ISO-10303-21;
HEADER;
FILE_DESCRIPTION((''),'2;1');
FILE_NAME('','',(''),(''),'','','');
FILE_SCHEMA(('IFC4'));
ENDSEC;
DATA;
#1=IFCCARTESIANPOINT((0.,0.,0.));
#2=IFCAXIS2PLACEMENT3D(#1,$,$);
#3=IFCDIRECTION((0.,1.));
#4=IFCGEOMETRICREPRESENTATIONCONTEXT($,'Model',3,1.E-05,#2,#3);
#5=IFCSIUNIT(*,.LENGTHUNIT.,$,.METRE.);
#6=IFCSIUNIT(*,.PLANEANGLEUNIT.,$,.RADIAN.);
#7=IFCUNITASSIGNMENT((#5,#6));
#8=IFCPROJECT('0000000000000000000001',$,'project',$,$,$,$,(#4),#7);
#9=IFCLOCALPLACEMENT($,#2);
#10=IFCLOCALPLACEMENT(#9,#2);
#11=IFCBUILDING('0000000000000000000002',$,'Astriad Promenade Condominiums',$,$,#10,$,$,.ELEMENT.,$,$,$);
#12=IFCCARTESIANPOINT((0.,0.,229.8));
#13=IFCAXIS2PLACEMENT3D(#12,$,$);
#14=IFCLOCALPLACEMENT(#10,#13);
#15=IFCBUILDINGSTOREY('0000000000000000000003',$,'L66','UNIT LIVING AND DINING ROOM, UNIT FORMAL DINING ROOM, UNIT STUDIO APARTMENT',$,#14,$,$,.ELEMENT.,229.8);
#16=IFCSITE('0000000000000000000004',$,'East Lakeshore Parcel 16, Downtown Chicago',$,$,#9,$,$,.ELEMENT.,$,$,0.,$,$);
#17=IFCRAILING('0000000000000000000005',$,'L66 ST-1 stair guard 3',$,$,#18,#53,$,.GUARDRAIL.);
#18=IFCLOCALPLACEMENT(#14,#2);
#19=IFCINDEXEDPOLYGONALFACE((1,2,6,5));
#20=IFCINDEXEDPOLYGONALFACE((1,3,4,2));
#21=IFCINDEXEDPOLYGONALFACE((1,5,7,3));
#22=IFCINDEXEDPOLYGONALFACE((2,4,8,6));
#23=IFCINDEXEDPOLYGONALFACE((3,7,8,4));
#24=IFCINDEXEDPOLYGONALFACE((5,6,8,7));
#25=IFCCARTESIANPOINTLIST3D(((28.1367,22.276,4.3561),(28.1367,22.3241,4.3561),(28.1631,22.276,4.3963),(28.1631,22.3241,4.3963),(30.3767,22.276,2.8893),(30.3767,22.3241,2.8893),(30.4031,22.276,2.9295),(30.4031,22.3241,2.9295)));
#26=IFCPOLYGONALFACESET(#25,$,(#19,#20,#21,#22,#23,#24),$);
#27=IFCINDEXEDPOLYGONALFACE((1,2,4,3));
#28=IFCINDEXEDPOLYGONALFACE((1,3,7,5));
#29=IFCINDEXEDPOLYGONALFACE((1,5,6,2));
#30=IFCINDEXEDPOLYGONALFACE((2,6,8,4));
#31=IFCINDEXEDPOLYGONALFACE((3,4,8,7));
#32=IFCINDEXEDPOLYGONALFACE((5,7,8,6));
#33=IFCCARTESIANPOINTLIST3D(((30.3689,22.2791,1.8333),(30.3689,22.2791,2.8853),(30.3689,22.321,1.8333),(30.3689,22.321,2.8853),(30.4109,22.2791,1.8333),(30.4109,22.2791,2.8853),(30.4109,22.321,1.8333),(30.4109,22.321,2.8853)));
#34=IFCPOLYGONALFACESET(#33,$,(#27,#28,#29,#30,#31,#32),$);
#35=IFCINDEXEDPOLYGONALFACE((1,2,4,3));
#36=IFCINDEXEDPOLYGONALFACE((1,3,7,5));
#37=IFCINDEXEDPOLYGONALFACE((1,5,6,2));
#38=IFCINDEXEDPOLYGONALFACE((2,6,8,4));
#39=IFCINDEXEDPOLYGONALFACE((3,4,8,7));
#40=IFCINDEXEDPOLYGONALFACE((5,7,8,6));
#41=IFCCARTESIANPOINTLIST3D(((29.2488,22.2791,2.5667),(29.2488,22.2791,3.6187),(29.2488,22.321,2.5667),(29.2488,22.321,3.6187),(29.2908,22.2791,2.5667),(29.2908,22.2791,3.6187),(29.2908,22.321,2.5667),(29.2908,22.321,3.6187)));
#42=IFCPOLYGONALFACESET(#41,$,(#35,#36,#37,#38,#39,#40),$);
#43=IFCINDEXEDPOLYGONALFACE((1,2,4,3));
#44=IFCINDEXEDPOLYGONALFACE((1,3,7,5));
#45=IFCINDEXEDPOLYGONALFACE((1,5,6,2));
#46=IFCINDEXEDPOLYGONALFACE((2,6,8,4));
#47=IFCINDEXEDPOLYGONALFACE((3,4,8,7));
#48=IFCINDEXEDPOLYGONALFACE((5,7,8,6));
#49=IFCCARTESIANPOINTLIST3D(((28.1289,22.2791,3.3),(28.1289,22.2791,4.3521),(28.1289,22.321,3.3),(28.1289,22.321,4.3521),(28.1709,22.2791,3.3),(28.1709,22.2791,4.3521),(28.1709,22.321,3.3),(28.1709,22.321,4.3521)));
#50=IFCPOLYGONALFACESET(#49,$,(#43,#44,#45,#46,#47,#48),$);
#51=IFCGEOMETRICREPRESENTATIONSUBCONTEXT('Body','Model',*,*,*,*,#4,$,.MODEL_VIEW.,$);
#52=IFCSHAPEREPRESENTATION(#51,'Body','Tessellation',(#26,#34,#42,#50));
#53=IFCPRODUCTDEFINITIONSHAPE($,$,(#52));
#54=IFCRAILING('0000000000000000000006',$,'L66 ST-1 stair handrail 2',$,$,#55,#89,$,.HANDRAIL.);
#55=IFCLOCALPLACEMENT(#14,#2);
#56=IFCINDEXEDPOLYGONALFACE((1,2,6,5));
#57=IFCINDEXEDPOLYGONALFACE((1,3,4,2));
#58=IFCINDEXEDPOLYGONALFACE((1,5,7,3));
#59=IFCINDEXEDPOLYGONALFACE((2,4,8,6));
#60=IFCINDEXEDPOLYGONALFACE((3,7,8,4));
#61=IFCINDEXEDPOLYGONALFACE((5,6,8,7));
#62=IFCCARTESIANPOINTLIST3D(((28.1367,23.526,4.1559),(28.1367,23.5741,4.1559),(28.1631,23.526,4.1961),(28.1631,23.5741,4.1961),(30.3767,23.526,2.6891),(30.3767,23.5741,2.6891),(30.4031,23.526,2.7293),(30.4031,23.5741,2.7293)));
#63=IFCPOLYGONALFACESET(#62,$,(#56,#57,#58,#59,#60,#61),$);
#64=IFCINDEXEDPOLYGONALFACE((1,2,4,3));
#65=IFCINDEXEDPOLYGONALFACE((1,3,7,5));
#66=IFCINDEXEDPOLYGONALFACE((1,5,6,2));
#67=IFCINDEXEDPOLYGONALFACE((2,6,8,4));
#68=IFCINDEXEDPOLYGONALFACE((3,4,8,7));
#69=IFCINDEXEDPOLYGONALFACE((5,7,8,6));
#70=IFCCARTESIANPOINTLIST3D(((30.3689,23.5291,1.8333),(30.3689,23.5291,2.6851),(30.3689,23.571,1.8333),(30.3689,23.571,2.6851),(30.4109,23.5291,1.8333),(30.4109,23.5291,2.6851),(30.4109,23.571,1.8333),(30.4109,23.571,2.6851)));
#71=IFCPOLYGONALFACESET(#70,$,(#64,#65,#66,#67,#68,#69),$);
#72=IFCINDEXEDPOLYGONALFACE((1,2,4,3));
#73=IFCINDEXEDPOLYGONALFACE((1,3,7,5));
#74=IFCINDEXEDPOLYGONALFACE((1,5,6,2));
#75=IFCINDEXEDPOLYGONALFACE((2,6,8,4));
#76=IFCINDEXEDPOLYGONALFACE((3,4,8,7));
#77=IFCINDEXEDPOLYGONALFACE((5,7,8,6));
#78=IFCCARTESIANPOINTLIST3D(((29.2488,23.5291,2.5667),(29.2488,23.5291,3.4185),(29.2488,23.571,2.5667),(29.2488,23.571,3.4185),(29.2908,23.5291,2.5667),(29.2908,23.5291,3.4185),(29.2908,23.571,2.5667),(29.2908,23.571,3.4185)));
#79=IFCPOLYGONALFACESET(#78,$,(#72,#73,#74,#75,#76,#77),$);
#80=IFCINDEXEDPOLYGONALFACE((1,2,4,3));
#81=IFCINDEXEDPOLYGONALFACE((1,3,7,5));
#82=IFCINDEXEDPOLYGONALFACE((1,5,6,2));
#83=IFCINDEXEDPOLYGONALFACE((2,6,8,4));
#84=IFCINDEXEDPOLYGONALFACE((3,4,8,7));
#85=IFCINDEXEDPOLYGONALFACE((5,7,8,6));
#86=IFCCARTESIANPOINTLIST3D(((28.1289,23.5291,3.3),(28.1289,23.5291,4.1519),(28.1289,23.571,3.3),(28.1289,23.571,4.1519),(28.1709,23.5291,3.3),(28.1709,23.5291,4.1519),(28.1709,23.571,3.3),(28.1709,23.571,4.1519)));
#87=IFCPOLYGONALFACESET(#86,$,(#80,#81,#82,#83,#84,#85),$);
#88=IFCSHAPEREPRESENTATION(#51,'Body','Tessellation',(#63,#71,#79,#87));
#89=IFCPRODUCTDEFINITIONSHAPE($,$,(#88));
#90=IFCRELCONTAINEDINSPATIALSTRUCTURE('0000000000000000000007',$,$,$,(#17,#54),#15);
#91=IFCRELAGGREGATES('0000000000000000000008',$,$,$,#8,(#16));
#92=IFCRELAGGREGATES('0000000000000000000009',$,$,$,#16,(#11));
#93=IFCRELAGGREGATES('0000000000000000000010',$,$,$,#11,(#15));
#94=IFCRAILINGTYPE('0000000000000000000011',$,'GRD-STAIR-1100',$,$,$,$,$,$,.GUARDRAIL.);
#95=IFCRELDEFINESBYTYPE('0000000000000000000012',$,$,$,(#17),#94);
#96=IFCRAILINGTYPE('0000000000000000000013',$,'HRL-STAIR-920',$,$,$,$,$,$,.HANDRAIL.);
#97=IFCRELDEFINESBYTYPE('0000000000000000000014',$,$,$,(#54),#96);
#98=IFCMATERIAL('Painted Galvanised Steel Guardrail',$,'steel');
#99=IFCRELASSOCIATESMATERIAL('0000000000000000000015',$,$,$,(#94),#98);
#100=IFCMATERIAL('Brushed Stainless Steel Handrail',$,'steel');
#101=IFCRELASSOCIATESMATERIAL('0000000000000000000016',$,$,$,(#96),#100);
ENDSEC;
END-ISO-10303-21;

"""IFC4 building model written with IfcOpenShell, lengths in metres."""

from ifc_helpers import new_model, si_unit, direction, frame, origin, origin_2d, place, context, subcontext, project, spatial, rectangle, extrude, source, transform, mapped, material, type_object, element, save


model = new_model("IFC4")

# Units and contexts
model_context = context("Model", 3, precision=1e-05, world=origin(), true_north=direction((0.0, 1.0)))
body_context = subcontext(model_context, "Body", "Model", "MODEL_VIEW")
ifc_project = project(units=[si_unit("LENGTHUNIT", "METRE"), si_unit("PLANEANGLEUNIT", "RADIAN")], contexts=[model_context])

# Site, building, storey
site_placement = place(None, origin())
site = spatial("IfcSite", under=ifc_project, at=site_placement, Name="East Lakeshore Parcel 16, Downtown Chicago", CompositionType="ELEMENT", RefElevation=0.0)
building_placement = place(site_placement, origin())
building = spatial("IfcBuilding", under=site, at=building_placement, Name="Astriad Promenade Condominiums", CompositionType="ELEMENT")
storey_placement = place(building_placement, frame((0.0, 0.0, 229.8)))
storey = spatial("IfcBuildingStorey", under=building, at=storey_placement, Name="L66", Description="UNIT LIVING AND DINING ROOM, UNIT FORMAL DINING ROOM, UNIT STUDIO APARTMENT", CompositionType="ELEMENT", Elevation=229.8)

# Railings
ifc_material_1 = material(Name="Painted Galvanised Steel Guardrail", Category="steel")
railing_type_1 = type_object("IfcRailingType", Name="GRD-STAIR-1100", PredefinedType="GUARDRAIL", material=ifc_material_1)
ifc_material_2 = material(Name="Brushed Stainless Steel Handrail", Category="steel")
railing_type_2 = type_object("IfcRailingType", Name="HRL-STAIR-920", PredefinedType="HANDRAIL", material=ifc_material_2)
shared_shape_1 = source(origin(), body_context, "Body", "SweptSolid", [
    extrude(rectangle(XDim=0.0481, YDim=0.0481, at=origin_2d()), frame((0.0, 0.0, 1.0762), z_axis=(-0.836595, 0.0, 0.547822), x_axis=(0.0, -1.0, 0.0)), (0.0, 0.0, 1.0), 2.6775),
    extrude(rectangle(XDim=0.042, YDim=0.042, at=origin_2d()), origin(), (0.0, 0.0, 1.0), 1.052),
    extrude(rectangle(XDim=0.042, YDim=0.042, at=origin_2d()), frame((-1.1201, 0.0, 0.7334)), (0.0, 0.0, 1.0), 1.052),
    extrude(rectangle(XDim=0.042, YDim=0.042, at=origin_2d()), frame((-2.24, 0.0, 1.4668)), (0.0, 0.0, 1.0), 1.052),
])
railing_1_placement = place(storey_placement, frame((30.3899, 22.3, 1.8333)))
element("IfcRailing", 1, at=railing_1_placement, inside=storey, type_object=railing_type_1, Name="L66 ST-1 stair guard 3", PredefinedType="GUARDRAIL", context=body_context, shape_type="MappedRepresentation", body=[
    mapped(shared_shape_1, transform((0.0, 0.0, 0.0), scale=1.0)),
])
shared_shape_2 = source(origin(), body_context, "Body", "SweptSolid", [
    extrude(rectangle(XDim=0.0481, YDim=0.0481, at=origin_2d()), frame((0.0, 0.0, 0.876), z_axis=(-0.836595, 0.0, 0.547822), x_axis=(0.0, -1.0, 0.0)), (0.0, 0.0, 1.0), 2.6775),
    extrude(rectangle(XDim=0.042, YDim=0.042, at=origin_2d()), origin(), (0.0, 0.0, 1.0), 0.8518),
    extrude(rectangle(XDim=0.042, YDim=0.042, at=origin_2d()), frame((-1.1201, 0.0, 0.7334)), (0.0, 0.0, 1.0), 0.8518),
    extrude(rectangle(XDim=0.042, YDim=0.042, at=origin_2d()), frame((-2.24, 0.0, 1.4668)), (0.0, 0.0, 1.0), 0.8518),
])
railing_2_placement = place(storey_placement, frame((30.3899, 23.55, 1.8333)))
element("IfcRailing", 2, at=railing_2_placement, inside=storey, type_object=railing_type_2, Name="L66 ST-1 stair handrail 2", PredefinedType="HANDRAIL", context=body_context, shape_type="MappedRepresentation", body=[
    mapped(shared_shape_2, transform((0.0, 0.0, 0.0), scale=1.0)),
])

save(model, "model.ifc")
